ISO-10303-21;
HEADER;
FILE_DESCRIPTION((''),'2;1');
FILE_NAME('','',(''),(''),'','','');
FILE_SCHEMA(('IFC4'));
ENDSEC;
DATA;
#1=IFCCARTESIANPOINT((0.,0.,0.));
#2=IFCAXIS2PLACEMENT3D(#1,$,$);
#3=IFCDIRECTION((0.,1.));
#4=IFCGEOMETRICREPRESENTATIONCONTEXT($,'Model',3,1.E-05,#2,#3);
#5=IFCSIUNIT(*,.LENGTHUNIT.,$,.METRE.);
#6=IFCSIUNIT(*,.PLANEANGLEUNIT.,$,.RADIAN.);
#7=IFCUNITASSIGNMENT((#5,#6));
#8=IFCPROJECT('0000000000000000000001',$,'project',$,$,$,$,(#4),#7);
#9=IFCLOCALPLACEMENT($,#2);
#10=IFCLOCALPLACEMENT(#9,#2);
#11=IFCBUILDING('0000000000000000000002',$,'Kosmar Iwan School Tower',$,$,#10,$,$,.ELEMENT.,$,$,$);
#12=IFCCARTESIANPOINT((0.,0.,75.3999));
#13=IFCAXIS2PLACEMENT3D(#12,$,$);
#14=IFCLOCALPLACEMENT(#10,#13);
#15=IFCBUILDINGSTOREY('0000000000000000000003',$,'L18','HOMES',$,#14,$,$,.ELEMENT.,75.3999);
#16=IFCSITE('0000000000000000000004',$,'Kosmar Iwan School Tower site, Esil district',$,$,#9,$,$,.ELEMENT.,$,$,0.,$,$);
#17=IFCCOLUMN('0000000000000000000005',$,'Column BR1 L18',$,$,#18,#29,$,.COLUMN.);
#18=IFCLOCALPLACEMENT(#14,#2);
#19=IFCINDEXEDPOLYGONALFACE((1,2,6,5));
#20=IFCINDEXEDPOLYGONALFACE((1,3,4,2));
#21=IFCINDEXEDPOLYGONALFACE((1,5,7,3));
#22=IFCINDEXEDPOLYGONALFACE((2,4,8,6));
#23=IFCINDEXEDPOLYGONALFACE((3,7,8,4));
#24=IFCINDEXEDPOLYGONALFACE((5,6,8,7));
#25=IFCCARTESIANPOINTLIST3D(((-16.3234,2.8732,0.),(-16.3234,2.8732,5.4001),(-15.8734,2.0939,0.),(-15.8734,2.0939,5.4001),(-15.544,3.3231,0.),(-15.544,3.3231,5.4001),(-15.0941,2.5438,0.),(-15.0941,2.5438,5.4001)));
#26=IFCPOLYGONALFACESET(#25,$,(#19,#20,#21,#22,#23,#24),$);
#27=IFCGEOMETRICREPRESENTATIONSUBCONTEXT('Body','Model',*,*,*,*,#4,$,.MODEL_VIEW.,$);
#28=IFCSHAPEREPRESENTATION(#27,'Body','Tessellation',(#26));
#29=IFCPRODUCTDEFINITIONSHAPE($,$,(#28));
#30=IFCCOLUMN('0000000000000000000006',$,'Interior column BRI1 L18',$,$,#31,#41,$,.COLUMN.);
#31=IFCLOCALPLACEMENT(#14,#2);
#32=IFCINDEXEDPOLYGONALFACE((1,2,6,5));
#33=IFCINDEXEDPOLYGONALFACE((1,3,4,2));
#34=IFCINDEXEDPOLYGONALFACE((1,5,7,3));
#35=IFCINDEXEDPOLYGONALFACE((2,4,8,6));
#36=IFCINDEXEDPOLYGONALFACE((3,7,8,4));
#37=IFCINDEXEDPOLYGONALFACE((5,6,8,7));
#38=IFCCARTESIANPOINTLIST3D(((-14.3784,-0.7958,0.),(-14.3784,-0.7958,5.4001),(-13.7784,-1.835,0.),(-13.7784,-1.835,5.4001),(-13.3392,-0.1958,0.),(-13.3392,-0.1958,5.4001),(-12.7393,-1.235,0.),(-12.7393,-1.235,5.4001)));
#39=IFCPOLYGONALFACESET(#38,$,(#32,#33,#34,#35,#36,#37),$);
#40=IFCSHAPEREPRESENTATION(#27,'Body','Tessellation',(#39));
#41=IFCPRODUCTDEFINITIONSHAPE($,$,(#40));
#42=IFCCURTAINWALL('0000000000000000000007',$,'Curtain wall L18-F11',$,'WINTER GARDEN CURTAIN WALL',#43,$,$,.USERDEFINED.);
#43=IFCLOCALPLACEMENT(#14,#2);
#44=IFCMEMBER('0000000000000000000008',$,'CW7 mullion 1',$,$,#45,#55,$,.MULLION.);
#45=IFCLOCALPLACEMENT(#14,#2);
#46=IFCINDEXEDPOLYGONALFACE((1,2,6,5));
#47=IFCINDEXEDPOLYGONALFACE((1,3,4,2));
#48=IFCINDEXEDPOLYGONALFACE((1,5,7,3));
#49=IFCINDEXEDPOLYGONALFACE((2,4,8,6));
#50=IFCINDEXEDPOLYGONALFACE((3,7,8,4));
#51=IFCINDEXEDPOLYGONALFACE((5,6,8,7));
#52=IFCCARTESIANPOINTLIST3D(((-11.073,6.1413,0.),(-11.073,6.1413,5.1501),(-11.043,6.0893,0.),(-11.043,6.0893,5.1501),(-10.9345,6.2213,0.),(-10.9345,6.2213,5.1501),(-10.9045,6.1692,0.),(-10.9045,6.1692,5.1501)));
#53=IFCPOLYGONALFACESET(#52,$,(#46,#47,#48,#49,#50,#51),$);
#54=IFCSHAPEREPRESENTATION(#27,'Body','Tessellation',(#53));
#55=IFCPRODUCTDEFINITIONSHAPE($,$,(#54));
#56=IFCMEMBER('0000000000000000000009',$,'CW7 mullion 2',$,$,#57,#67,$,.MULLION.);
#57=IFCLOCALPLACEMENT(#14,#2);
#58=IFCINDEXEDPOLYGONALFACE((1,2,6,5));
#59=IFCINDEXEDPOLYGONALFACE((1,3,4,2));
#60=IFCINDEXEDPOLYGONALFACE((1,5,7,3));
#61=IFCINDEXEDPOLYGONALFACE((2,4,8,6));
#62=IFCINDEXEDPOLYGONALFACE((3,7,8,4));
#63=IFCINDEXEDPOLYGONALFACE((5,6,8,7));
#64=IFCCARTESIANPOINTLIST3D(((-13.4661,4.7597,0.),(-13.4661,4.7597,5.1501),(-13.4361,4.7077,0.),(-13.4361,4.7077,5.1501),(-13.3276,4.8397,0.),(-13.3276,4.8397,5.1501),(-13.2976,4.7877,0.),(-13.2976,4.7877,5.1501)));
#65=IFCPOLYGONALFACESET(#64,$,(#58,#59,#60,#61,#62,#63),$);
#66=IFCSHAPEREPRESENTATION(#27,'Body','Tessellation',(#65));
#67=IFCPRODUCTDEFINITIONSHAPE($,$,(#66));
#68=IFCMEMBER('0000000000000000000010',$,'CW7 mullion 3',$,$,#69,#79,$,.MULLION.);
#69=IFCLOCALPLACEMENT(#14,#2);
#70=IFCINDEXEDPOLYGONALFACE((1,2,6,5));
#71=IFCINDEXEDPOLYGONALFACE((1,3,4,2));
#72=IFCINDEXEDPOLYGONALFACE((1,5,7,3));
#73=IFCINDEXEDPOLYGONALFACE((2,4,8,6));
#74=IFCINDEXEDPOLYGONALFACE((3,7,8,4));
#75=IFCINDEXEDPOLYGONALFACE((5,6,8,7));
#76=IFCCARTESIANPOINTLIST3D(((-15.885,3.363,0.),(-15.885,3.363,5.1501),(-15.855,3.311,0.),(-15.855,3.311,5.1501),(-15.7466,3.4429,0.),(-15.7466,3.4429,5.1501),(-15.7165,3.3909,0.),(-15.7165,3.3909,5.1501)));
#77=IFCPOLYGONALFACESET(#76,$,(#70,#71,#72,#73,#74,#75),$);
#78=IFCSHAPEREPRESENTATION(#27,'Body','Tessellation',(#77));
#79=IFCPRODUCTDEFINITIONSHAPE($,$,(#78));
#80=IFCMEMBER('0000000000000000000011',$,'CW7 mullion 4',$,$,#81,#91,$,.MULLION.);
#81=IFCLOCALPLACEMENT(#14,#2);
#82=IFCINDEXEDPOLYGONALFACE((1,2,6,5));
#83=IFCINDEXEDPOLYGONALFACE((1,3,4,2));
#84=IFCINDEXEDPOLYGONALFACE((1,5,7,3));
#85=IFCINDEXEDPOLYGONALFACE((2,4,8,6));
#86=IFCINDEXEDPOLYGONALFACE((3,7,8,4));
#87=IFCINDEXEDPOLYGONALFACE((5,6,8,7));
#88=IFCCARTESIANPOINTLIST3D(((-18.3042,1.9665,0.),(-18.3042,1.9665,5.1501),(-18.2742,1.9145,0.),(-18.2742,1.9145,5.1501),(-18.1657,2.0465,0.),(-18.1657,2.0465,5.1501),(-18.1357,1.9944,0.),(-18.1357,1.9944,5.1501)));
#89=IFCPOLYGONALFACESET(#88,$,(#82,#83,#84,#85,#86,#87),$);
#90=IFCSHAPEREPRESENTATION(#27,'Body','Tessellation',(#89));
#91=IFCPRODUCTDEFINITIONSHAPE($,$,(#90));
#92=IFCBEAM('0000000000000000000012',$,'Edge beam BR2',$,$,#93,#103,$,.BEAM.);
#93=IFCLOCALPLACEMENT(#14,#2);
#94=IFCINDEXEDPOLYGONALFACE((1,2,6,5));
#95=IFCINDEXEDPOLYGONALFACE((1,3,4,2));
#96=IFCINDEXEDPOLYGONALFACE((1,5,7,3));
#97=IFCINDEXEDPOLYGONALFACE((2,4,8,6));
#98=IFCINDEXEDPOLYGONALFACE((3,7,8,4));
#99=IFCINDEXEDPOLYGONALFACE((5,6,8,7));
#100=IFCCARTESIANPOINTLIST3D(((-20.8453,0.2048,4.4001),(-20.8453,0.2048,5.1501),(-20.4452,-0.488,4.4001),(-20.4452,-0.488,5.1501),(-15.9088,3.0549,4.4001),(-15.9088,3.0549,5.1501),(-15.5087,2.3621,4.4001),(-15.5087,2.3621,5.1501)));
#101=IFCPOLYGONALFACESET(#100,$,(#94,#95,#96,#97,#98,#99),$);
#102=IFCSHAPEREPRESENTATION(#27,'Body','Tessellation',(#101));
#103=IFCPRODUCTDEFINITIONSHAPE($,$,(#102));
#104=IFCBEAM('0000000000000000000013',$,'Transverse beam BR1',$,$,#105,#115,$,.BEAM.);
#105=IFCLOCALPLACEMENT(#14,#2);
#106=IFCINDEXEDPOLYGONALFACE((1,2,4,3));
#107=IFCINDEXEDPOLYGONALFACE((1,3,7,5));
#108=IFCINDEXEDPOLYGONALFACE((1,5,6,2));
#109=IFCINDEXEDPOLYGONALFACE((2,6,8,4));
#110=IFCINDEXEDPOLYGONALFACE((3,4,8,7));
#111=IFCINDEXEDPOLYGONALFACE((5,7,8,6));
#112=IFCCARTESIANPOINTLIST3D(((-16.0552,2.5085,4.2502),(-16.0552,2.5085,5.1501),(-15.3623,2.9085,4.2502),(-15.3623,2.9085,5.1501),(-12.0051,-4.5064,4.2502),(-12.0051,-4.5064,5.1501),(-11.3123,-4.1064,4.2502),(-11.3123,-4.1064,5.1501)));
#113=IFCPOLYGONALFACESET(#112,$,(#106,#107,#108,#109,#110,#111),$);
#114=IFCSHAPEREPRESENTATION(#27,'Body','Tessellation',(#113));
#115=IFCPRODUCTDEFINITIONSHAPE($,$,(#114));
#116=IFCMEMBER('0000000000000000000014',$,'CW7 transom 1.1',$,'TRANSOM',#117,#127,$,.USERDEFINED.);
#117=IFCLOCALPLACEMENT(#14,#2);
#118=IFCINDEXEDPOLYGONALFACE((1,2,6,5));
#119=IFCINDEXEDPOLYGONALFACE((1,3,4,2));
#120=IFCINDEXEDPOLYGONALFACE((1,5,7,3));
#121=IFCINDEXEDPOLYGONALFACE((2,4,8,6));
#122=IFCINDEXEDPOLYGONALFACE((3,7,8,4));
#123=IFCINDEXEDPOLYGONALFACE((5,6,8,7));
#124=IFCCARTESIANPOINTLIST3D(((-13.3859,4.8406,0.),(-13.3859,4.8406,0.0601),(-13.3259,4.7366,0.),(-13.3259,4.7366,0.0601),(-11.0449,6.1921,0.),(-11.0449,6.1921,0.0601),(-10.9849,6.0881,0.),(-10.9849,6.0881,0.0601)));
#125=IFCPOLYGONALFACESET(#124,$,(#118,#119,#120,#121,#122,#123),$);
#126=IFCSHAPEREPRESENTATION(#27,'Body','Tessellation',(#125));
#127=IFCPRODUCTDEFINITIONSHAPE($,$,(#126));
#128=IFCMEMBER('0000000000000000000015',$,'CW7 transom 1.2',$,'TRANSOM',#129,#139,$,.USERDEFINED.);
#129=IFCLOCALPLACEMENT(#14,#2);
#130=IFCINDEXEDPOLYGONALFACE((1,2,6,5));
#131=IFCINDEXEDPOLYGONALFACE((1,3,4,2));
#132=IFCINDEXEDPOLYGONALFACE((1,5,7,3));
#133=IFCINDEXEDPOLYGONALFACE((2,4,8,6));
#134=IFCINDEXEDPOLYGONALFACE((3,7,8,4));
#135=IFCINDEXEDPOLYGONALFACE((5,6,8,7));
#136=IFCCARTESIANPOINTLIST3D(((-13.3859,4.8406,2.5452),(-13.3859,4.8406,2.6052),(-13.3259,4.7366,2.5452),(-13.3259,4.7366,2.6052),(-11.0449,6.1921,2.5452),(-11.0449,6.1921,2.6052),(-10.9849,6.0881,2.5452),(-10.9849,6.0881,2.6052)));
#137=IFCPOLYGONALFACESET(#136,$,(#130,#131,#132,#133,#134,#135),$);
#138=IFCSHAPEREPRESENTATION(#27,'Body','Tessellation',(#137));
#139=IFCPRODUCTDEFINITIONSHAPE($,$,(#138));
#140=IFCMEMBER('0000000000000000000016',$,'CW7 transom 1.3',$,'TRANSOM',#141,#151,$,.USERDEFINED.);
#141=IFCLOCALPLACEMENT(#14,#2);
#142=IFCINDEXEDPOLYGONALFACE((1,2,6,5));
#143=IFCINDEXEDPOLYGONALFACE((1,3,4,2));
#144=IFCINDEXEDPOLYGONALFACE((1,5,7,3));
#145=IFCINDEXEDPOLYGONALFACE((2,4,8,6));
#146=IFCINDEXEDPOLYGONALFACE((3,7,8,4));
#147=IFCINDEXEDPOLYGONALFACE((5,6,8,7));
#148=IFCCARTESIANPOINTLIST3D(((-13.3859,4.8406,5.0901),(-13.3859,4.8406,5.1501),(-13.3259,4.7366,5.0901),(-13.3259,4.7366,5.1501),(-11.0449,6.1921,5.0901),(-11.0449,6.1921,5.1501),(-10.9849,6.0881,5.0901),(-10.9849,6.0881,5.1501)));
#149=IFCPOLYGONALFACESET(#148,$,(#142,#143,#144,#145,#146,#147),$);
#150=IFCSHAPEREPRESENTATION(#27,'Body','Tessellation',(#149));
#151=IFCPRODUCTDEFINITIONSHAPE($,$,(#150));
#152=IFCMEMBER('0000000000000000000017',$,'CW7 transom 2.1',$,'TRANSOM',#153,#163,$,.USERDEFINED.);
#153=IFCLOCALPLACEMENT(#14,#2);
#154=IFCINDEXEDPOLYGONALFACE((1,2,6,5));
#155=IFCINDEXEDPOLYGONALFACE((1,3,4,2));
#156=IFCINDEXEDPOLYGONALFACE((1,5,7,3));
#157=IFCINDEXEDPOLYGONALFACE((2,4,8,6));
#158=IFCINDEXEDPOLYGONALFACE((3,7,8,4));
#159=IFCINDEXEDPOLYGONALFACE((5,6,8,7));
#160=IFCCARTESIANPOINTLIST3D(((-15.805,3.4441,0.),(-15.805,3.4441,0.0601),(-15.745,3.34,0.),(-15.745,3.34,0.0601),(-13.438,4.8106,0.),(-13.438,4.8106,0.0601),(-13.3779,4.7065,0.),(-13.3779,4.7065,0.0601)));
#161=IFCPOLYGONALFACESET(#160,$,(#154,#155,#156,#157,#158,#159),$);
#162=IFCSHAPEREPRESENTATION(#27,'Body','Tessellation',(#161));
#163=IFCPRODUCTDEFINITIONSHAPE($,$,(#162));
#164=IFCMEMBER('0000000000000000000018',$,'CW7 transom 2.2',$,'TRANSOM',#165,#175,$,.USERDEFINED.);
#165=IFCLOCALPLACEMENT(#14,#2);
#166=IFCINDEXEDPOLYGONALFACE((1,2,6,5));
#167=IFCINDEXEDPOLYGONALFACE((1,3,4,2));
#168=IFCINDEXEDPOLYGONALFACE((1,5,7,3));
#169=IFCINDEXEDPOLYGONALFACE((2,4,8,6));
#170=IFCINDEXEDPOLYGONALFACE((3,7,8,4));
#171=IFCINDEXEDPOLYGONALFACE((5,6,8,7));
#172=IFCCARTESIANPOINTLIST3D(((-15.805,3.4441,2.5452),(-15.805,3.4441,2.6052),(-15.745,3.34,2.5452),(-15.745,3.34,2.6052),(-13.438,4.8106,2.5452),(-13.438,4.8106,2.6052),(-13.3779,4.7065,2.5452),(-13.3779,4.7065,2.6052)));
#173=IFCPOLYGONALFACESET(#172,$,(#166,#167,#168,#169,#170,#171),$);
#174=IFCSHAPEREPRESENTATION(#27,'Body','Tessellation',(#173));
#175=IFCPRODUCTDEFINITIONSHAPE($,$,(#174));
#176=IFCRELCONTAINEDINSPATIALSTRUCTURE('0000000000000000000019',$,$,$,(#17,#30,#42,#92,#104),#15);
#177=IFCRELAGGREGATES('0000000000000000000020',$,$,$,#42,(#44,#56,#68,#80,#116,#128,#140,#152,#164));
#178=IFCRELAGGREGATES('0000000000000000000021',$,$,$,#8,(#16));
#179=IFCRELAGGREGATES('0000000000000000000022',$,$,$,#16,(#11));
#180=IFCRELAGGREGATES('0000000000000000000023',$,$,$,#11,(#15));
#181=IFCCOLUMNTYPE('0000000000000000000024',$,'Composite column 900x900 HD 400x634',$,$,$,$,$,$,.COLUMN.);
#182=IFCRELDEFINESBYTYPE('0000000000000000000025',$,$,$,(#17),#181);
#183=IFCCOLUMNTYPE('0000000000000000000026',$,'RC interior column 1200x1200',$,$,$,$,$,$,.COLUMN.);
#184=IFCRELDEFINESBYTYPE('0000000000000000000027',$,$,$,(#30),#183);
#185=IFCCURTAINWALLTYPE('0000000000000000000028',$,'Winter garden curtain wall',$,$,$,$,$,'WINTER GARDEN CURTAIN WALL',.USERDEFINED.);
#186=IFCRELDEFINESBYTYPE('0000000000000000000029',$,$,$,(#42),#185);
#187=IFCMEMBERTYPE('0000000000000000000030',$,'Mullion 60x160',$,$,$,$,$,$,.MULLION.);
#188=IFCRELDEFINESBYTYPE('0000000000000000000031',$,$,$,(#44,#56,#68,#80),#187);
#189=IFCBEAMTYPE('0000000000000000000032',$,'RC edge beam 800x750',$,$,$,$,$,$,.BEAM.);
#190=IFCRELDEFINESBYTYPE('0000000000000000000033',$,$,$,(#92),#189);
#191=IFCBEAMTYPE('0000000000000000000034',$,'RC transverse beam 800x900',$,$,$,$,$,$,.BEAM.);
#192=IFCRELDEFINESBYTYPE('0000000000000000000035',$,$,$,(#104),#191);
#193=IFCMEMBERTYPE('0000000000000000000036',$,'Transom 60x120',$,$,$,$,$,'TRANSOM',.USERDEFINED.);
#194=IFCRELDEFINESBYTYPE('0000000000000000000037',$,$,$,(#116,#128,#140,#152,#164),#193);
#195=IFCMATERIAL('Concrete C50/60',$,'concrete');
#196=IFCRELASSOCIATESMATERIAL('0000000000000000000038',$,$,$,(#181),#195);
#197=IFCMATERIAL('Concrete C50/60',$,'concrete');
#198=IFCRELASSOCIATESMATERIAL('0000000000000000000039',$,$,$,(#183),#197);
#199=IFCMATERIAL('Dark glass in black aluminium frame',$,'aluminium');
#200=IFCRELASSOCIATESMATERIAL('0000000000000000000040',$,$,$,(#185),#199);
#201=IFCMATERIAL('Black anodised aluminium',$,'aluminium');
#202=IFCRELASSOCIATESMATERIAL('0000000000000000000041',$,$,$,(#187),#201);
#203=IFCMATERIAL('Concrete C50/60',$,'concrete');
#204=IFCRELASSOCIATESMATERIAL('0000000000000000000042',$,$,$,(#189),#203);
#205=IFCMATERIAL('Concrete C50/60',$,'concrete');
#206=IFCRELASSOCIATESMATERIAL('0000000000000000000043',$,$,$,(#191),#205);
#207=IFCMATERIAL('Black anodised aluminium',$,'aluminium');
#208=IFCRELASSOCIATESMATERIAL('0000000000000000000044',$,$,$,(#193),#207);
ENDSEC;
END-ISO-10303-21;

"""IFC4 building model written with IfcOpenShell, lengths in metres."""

from ifc_helpers import new_model, si_unit, direction, frame, origin, origin_2d, place, context, subcontext, project, spatial, rectangle, extrude, material, material_profile, profile_set, type_object, element, aggregate, save


model = new_model("IFC4")

# Units and contexts
model_context = context("Model", 3, precision=1e-05, world=origin(), true_north=direction((0.0, 1.0)))
body_context = subcontext(model_context, "Body", "Model", "MODEL_VIEW")
ifc_project = project(units=[si_unit("LENGTHUNIT", "METRE"), si_unit("PLANEANGLEUNIT", "RADIAN")], contexts=[model_context])

# Site, building, storey
site_placement = place(None, origin())
site = spatial("IfcSite", under=ifc_project, at=site_placement, Name="Kosmar Iwan School Tower site, Esil district", CompositionType="ELEMENT", RefElevation=0.0)
building_placement = place(site_placement, origin())
building = spatial("IfcBuilding", under=site, at=building_placement, Name="Kosmar Iwan School Tower", CompositionType="ELEMENT")
storey_placement = place(building_placement, frame((0.0, 0.0, 75.3999)))
storey = spatial("IfcBuildingStorey", under=building, at=storey_placement, Name="L18", Description="HOMES", CompositionType="ELEMENT", Elevation=75.3999)

# Columns
ifc_material_1 = material(Name="Concrete C50/60", Category="concrete")
ifc_material_profile_1 = material_profile(ifc_material_1, rectangle(XDim=0.8999, YDim=0.8999, at=origin_2d()), Name="RC 900x900 + HD 400x634")
ifc_profile_set_1 = profile_set([ifc_material_profile_1], Name="Concrete C50/60")
column_type_1 = type_object("IfcColumnType", Name="Composite column 900x900 HD 400x634", PredefinedType="COLUMN", material=ifc_profile_set_1)
column_1_placement = place(storey_placement, frame((-15.7087, 2.7085, 0.0), z_axis=(0.0, 0.0, 1.0), x_axis=(-0.866025, -0.5, 0.0)))
element("IfcColumn", 1, at=column_1_placement, inside=storey, type_object=column_type_1, Name="Column BR1 L18", PredefinedType="COLUMN", context=body_context, shape_type="SweptSolid", body=[
    extrude(rectangle(XDim=0.8999, YDim=0.8999, at=origin_2d()), origin(), (0.0, 0.0, 1.0), 5.4001),
])
ifc_material_2 = material(Name="Concrete C50/60", Category="concrete")
ifc_material_profile_2 = material_profile(ifc_material_2, rectangle(XDim=1.2, YDim=1.2, at=origin_2d()), Name="RC 1200x1200")
ifc_profile_set_2 = profile_set([ifc_material_profile_2], Name="Concrete C50/60")
column_type_2 = type_object("IfcColumnType", Name="RC interior column 1200x1200", PredefinedType="COLUMN", material=ifc_profile_set_2)
column_2_placement = place(storey_placement, frame((-13.5588, -1.0154, 0.0), z_axis=(0.0, 0.0, 1.0), x_axis=(-0.866025, -0.5, 0.0)))
element("IfcColumn", 2, at=column_2_placement, inside=storey, type_object=column_type_2, Name="Interior column BRI1 L18", PredefinedType="COLUMN", context=body_context, shape_type="SweptSolid", body=[
    extrude(rectangle(XDim=1.2, YDim=1.2, at=origin_2d()), origin(), (0.0, 0.0, 1.0), 5.4001),
])

# Curtain wall, members
ifc_material_3 = material(Name="Dark glass in black aluminium frame", Category="aluminium")
curtain_wall_type = type_object("IfcCurtainWallType", Name="Winter garden curtain wall", ElementType="WINTER GARDEN CURTAIN WALL", PredefinedType="USERDEFINED", material=ifc_material_3)
curtain_wall_placement = place(storey_placement, origin())
curtain_wall = element("IfcCurtainWall", 3, at=curtain_wall_placement, inside=storey, type_object=curtain_wall_type, Name="Curtain wall L18-F11", ObjectType="WINTER GARDEN CURTAIN WALL", PredefinedType="USERDEFINED")
ifc_material_4 = material(Name="Black anodised aluminium", Category="aluminium")
ifc_material_profile_3 = material_profile(ifc_material_4, rectangle(XDim=0.0601, YDim=0.1599, at=origin_2d()), Name="MULLION 60x160")
ifc_profile_set_3 = profile_set([ifc_material_profile_3], Name="Black anodised aluminium")
member_type_1 = type_object("IfcMemberType", Name="Mullion 60x160", PredefinedType="MULLION", material=ifc_profile_set_3)
member_1_placement = place(storey_placement, frame((-10.9888, 6.1553, 0.0), z_axis=(0.0, 0.0, 1.0), x_axis=(0.5, -0.866025, 0.0)))
member_1 = element("IfcMember", 4, at=member_1_placement, type_object=member_type_1, Name="CW7 mullion 1", PredefinedType="MULLION", context=body_context, shape_type="SweptSolid", body=[
    extrude(rectangle(XDim=0.0601, YDim=0.1599, at=origin_2d()), origin(), (0.0, 0.0, 1.0), 5.1501),
])
member_2_placement = place(storey_placement, frame((-13.3818, 4.7737, 0.0), z_axis=(0.0, 0.0, 1.0), x_axis=(0.5, -0.866025, 0.0)))
member_2 = element("IfcMember", 5, at=member_2_placement, type_object=member_type_1, Name="CW7 mullion 2", PredefinedType="MULLION", context=body_context, shape_type="SweptSolid", body=[
    extrude(rectangle(XDim=0.0601, YDim=0.1599, at=origin_2d()), origin(), (0.0, 0.0, 1.0), 5.1501),
])
member_3_placement = place(storey_placement, frame((-15.8008, 3.377, 0.0), z_axis=(0.0, 0.0, 1.0), x_axis=(0.5, -0.866025, 0.0)))
member_3 = element("IfcMember", 6, at=member_3_placement, type_object=member_type_1, Name="CW7 mullion 3", PredefinedType="MULLION", context=body_context, shape_type="SweptSolid", body=[
    extrude(rectangle(XDim=0.0601, YDim=0.1599, at=origin_2d()), origin(), (0.0, 0.0, 1.0), 5.1501),
])
member_4_placement = place(storey_placement, frame((-18.22, 1.9805, 0.0), z_axis=(0.0, 0.0, 1.0), x_axis=(0.5, -0.866025, 0.0)))
member_4 = element("IfcMember", 7, at=member_4_placement, type_object=member_type_1, Name="CW7 mullion 4", PredefinedType="MULLION", context=body_context, shape_type="SweptSolid", body=[
    extrude(rectangle(XDim=0.0601, YDim=0.1599, at=origin_2d()), origin(), (0.0, 0.0, 1.0), 5.1501),
])

# Beams
ifc_material_5 = material(Name="Concrete C50/60", Category="concrete")
ifc_material_profile_4 = material_profile(ifc_material_5, rectangle(XDim=0.8, YDim=0.75, at=origin_2d()), Name="RC 800x750")
ifc_profile_set_4 = profile_set([ifc_material_profile_4], Name="Concrete C50/60")
beam_type_1 = type_object("IfcBeamType", Name="RC edge beam 800x750", PredefinedType="BEAM", material=ifc_profile_set_4)
beam_1_placement = place(storey_placement, frame((-15.7087, 2.7085, 4.7751), z_axis=(-0.866026, -0.499999, 0.0), x_axis=(0.499999, -0.866026, 0.0)))
element("IfcBeam", 8, at=beam_1_placement, inside=storey, type_object=beam_type_1, Name="Edge beam BR2", PredefinedType="BEAM", context=body_context, shape_type="SweptSolid", body=[
    extrude(rectangle(XDim=0.8, YDim=0.75, at=origin_2d()), origin(), (0.0, 0.0, 1.0), 5.7002),
])
ifc_material_6 = material(Name="Concrete C50/60", Category="concrete")
ifc_material_profile_5 = material_profile(ifc_material_6, rectangle(XDim=0.8, YDim=0.8999, at=origin_2d()), Name="RC 800x900")
ifc_profile_set_5 = profile_set([ifc_material_profile_5], Name="Concrete C50/60")
beam_type_2 = type_object("IfcBeamType", Name="RC transverse beam 800x900", PredefinedType="BEAM", material=ifc_profile_set_5)
beam_2_placement = place(storey_placement, frame((-15.7087, 2.7085, 4.7002), z_axis=(0.5, -0.866025, 0.0), x_axis=(0.866025, 0.5, 0.0)))
element("IfcBeam", 9, at=beam_2_placement, inside=storey, type_object=beam_type_2, Name="Transverse beam BR1", PredefinedType="BEAM", context=body_context, shape_type="SweptSolid", body=[
    extrude(rectangle(XDim=0.8, YDim=0.8999, at=origin_2d()), origin(), (0.0, 0.0, 1.0), 8.1001),
])

# Members
ifc_material_7 = material(Name="Black anodised aluminium", Category="aluminium")
ifc_material_profile_6 = material_profile(ifc_material_7, rectangle(XDim=0.1201, YDim=0.0601, at=origin_2d()), Name="TRANSOM 60x120")
ifc_profile_set_6 = profile_set([ifc_material_profile_6], Name="Black anodised aluminium")
member_type_2 = type_object("IfcMemberType", Name="Transom 60x120", ElementType="TRANSOM", PredefinedType="USERDEFINED", material=ifc_profile_set_6)
member_5_placement = place(storey_placement, frame((-11.0149, 6.1401, 0.03), z_axis=(-0.866034, -0.499986, 0.0), x_axis=(0.499986, -0.866034, 0.0)))
member_5 = element("IfcMember", 10, at=member_5_placement, type_object=member_type_2, Name="CW7 transom 1.1", ObjectType="TRANSOM", PredefinedType="USERDEFINED", context=body_context, shape_type="SweptSolid", body=[
    extrude(rectangle(XDim=0.1201, YDim=0.0601, at=origin_2d()), origin(), (0.0, 0.0, 1.0), 2.7031),
])
member_6_placement = place(storey_placement, frame((-11.0149, 6.1401, 2.5752), z_axis=(-0.866034, -0.499986, 0.0), x_axis=(0.499986, -0.866034, 0.0)))
member_6 = element("IfcMember", 11, at=member_6_placement, type_object=member_type_2, Name="CW7 transom 1.2", ObjectType="TRANSOM", PredefinedType="USERDEFINED", context=body_context, shape_type="SweptSolid", body=[
    extrude(rectangle(XDim=0.1201, YDim=0.0601, at=origin_2d()), origin(), (0.0, 0.0, 1.0), 2.7031),
])
member_7_placement = place(storey_placement, frame((-11.0149, 6.1401, 5.1201), z_axis=(-0.866034, -0.499986, 0.0), x_axis=(0.499986, -0.866034, 0.0)))
member_7 = element("IfcMember", 12, at=member_7_placement, type_object=member_type_2, Name="CW7 transom 1.3", ObjectType="TRANSOM", PredefinedType="USERDEFINED", context=body_context, shape_type="SweptSolid", body=[
    extrude(rectangle(XDim=0.1201, YDim=0.0601, at=origin_2d()), origin(), (0.0, 0.0, 1.0), 2.7031),
])
member_8_placement = place(storey_placement, frame((-13.408, 4.7585, 0.03), z_axis=(-0.866041, -0.499972, 0.0), x_axis=(0.499972, -0.866041, 0.0)))
member_8 = element("IfcMember", 13, at=member_8_placement, type_object=member_type_2, Name="CW7 transom 2.1", ObjectType="TRANSOM", PredefinedType="USERDEFINED", context=body_context, shape_type="SweptSolid", body=[
    extrude(rectangle(XDim=0.1201, YDim=0.0601, at=origin_2d()), origin(), (0.0, 0.0, 1.0), 2.7332),
])
member_9_placement = place(storey_placement, frame((-13.408, 4.7585, 2.5752), z_axis=(-0.866041, -0.499972, 0.0), x_axis=(0.499972, -0.866041, 0.0)))
member_9 = element("IfcMember", 14, at=member_9_placement, type_object=member_type_2, Name="CW7 transom 2.2", ObjectType="TRANSOM", PredefinedType="USERDEFINED", context=body_context, shape_type="SweptSolid", body=[
    extrude(rectangle(XDim=0.1201, YDim=0.0601, at=origin_2d()), origin(), (0.0, 0.0, 1.0), 2.7332),
])

aggregate(curtain_wall, [member_1, member_2, member_3, member_4, member_5, member_6, member_7, member_8, member_9])

save(model, "model.ifc")
